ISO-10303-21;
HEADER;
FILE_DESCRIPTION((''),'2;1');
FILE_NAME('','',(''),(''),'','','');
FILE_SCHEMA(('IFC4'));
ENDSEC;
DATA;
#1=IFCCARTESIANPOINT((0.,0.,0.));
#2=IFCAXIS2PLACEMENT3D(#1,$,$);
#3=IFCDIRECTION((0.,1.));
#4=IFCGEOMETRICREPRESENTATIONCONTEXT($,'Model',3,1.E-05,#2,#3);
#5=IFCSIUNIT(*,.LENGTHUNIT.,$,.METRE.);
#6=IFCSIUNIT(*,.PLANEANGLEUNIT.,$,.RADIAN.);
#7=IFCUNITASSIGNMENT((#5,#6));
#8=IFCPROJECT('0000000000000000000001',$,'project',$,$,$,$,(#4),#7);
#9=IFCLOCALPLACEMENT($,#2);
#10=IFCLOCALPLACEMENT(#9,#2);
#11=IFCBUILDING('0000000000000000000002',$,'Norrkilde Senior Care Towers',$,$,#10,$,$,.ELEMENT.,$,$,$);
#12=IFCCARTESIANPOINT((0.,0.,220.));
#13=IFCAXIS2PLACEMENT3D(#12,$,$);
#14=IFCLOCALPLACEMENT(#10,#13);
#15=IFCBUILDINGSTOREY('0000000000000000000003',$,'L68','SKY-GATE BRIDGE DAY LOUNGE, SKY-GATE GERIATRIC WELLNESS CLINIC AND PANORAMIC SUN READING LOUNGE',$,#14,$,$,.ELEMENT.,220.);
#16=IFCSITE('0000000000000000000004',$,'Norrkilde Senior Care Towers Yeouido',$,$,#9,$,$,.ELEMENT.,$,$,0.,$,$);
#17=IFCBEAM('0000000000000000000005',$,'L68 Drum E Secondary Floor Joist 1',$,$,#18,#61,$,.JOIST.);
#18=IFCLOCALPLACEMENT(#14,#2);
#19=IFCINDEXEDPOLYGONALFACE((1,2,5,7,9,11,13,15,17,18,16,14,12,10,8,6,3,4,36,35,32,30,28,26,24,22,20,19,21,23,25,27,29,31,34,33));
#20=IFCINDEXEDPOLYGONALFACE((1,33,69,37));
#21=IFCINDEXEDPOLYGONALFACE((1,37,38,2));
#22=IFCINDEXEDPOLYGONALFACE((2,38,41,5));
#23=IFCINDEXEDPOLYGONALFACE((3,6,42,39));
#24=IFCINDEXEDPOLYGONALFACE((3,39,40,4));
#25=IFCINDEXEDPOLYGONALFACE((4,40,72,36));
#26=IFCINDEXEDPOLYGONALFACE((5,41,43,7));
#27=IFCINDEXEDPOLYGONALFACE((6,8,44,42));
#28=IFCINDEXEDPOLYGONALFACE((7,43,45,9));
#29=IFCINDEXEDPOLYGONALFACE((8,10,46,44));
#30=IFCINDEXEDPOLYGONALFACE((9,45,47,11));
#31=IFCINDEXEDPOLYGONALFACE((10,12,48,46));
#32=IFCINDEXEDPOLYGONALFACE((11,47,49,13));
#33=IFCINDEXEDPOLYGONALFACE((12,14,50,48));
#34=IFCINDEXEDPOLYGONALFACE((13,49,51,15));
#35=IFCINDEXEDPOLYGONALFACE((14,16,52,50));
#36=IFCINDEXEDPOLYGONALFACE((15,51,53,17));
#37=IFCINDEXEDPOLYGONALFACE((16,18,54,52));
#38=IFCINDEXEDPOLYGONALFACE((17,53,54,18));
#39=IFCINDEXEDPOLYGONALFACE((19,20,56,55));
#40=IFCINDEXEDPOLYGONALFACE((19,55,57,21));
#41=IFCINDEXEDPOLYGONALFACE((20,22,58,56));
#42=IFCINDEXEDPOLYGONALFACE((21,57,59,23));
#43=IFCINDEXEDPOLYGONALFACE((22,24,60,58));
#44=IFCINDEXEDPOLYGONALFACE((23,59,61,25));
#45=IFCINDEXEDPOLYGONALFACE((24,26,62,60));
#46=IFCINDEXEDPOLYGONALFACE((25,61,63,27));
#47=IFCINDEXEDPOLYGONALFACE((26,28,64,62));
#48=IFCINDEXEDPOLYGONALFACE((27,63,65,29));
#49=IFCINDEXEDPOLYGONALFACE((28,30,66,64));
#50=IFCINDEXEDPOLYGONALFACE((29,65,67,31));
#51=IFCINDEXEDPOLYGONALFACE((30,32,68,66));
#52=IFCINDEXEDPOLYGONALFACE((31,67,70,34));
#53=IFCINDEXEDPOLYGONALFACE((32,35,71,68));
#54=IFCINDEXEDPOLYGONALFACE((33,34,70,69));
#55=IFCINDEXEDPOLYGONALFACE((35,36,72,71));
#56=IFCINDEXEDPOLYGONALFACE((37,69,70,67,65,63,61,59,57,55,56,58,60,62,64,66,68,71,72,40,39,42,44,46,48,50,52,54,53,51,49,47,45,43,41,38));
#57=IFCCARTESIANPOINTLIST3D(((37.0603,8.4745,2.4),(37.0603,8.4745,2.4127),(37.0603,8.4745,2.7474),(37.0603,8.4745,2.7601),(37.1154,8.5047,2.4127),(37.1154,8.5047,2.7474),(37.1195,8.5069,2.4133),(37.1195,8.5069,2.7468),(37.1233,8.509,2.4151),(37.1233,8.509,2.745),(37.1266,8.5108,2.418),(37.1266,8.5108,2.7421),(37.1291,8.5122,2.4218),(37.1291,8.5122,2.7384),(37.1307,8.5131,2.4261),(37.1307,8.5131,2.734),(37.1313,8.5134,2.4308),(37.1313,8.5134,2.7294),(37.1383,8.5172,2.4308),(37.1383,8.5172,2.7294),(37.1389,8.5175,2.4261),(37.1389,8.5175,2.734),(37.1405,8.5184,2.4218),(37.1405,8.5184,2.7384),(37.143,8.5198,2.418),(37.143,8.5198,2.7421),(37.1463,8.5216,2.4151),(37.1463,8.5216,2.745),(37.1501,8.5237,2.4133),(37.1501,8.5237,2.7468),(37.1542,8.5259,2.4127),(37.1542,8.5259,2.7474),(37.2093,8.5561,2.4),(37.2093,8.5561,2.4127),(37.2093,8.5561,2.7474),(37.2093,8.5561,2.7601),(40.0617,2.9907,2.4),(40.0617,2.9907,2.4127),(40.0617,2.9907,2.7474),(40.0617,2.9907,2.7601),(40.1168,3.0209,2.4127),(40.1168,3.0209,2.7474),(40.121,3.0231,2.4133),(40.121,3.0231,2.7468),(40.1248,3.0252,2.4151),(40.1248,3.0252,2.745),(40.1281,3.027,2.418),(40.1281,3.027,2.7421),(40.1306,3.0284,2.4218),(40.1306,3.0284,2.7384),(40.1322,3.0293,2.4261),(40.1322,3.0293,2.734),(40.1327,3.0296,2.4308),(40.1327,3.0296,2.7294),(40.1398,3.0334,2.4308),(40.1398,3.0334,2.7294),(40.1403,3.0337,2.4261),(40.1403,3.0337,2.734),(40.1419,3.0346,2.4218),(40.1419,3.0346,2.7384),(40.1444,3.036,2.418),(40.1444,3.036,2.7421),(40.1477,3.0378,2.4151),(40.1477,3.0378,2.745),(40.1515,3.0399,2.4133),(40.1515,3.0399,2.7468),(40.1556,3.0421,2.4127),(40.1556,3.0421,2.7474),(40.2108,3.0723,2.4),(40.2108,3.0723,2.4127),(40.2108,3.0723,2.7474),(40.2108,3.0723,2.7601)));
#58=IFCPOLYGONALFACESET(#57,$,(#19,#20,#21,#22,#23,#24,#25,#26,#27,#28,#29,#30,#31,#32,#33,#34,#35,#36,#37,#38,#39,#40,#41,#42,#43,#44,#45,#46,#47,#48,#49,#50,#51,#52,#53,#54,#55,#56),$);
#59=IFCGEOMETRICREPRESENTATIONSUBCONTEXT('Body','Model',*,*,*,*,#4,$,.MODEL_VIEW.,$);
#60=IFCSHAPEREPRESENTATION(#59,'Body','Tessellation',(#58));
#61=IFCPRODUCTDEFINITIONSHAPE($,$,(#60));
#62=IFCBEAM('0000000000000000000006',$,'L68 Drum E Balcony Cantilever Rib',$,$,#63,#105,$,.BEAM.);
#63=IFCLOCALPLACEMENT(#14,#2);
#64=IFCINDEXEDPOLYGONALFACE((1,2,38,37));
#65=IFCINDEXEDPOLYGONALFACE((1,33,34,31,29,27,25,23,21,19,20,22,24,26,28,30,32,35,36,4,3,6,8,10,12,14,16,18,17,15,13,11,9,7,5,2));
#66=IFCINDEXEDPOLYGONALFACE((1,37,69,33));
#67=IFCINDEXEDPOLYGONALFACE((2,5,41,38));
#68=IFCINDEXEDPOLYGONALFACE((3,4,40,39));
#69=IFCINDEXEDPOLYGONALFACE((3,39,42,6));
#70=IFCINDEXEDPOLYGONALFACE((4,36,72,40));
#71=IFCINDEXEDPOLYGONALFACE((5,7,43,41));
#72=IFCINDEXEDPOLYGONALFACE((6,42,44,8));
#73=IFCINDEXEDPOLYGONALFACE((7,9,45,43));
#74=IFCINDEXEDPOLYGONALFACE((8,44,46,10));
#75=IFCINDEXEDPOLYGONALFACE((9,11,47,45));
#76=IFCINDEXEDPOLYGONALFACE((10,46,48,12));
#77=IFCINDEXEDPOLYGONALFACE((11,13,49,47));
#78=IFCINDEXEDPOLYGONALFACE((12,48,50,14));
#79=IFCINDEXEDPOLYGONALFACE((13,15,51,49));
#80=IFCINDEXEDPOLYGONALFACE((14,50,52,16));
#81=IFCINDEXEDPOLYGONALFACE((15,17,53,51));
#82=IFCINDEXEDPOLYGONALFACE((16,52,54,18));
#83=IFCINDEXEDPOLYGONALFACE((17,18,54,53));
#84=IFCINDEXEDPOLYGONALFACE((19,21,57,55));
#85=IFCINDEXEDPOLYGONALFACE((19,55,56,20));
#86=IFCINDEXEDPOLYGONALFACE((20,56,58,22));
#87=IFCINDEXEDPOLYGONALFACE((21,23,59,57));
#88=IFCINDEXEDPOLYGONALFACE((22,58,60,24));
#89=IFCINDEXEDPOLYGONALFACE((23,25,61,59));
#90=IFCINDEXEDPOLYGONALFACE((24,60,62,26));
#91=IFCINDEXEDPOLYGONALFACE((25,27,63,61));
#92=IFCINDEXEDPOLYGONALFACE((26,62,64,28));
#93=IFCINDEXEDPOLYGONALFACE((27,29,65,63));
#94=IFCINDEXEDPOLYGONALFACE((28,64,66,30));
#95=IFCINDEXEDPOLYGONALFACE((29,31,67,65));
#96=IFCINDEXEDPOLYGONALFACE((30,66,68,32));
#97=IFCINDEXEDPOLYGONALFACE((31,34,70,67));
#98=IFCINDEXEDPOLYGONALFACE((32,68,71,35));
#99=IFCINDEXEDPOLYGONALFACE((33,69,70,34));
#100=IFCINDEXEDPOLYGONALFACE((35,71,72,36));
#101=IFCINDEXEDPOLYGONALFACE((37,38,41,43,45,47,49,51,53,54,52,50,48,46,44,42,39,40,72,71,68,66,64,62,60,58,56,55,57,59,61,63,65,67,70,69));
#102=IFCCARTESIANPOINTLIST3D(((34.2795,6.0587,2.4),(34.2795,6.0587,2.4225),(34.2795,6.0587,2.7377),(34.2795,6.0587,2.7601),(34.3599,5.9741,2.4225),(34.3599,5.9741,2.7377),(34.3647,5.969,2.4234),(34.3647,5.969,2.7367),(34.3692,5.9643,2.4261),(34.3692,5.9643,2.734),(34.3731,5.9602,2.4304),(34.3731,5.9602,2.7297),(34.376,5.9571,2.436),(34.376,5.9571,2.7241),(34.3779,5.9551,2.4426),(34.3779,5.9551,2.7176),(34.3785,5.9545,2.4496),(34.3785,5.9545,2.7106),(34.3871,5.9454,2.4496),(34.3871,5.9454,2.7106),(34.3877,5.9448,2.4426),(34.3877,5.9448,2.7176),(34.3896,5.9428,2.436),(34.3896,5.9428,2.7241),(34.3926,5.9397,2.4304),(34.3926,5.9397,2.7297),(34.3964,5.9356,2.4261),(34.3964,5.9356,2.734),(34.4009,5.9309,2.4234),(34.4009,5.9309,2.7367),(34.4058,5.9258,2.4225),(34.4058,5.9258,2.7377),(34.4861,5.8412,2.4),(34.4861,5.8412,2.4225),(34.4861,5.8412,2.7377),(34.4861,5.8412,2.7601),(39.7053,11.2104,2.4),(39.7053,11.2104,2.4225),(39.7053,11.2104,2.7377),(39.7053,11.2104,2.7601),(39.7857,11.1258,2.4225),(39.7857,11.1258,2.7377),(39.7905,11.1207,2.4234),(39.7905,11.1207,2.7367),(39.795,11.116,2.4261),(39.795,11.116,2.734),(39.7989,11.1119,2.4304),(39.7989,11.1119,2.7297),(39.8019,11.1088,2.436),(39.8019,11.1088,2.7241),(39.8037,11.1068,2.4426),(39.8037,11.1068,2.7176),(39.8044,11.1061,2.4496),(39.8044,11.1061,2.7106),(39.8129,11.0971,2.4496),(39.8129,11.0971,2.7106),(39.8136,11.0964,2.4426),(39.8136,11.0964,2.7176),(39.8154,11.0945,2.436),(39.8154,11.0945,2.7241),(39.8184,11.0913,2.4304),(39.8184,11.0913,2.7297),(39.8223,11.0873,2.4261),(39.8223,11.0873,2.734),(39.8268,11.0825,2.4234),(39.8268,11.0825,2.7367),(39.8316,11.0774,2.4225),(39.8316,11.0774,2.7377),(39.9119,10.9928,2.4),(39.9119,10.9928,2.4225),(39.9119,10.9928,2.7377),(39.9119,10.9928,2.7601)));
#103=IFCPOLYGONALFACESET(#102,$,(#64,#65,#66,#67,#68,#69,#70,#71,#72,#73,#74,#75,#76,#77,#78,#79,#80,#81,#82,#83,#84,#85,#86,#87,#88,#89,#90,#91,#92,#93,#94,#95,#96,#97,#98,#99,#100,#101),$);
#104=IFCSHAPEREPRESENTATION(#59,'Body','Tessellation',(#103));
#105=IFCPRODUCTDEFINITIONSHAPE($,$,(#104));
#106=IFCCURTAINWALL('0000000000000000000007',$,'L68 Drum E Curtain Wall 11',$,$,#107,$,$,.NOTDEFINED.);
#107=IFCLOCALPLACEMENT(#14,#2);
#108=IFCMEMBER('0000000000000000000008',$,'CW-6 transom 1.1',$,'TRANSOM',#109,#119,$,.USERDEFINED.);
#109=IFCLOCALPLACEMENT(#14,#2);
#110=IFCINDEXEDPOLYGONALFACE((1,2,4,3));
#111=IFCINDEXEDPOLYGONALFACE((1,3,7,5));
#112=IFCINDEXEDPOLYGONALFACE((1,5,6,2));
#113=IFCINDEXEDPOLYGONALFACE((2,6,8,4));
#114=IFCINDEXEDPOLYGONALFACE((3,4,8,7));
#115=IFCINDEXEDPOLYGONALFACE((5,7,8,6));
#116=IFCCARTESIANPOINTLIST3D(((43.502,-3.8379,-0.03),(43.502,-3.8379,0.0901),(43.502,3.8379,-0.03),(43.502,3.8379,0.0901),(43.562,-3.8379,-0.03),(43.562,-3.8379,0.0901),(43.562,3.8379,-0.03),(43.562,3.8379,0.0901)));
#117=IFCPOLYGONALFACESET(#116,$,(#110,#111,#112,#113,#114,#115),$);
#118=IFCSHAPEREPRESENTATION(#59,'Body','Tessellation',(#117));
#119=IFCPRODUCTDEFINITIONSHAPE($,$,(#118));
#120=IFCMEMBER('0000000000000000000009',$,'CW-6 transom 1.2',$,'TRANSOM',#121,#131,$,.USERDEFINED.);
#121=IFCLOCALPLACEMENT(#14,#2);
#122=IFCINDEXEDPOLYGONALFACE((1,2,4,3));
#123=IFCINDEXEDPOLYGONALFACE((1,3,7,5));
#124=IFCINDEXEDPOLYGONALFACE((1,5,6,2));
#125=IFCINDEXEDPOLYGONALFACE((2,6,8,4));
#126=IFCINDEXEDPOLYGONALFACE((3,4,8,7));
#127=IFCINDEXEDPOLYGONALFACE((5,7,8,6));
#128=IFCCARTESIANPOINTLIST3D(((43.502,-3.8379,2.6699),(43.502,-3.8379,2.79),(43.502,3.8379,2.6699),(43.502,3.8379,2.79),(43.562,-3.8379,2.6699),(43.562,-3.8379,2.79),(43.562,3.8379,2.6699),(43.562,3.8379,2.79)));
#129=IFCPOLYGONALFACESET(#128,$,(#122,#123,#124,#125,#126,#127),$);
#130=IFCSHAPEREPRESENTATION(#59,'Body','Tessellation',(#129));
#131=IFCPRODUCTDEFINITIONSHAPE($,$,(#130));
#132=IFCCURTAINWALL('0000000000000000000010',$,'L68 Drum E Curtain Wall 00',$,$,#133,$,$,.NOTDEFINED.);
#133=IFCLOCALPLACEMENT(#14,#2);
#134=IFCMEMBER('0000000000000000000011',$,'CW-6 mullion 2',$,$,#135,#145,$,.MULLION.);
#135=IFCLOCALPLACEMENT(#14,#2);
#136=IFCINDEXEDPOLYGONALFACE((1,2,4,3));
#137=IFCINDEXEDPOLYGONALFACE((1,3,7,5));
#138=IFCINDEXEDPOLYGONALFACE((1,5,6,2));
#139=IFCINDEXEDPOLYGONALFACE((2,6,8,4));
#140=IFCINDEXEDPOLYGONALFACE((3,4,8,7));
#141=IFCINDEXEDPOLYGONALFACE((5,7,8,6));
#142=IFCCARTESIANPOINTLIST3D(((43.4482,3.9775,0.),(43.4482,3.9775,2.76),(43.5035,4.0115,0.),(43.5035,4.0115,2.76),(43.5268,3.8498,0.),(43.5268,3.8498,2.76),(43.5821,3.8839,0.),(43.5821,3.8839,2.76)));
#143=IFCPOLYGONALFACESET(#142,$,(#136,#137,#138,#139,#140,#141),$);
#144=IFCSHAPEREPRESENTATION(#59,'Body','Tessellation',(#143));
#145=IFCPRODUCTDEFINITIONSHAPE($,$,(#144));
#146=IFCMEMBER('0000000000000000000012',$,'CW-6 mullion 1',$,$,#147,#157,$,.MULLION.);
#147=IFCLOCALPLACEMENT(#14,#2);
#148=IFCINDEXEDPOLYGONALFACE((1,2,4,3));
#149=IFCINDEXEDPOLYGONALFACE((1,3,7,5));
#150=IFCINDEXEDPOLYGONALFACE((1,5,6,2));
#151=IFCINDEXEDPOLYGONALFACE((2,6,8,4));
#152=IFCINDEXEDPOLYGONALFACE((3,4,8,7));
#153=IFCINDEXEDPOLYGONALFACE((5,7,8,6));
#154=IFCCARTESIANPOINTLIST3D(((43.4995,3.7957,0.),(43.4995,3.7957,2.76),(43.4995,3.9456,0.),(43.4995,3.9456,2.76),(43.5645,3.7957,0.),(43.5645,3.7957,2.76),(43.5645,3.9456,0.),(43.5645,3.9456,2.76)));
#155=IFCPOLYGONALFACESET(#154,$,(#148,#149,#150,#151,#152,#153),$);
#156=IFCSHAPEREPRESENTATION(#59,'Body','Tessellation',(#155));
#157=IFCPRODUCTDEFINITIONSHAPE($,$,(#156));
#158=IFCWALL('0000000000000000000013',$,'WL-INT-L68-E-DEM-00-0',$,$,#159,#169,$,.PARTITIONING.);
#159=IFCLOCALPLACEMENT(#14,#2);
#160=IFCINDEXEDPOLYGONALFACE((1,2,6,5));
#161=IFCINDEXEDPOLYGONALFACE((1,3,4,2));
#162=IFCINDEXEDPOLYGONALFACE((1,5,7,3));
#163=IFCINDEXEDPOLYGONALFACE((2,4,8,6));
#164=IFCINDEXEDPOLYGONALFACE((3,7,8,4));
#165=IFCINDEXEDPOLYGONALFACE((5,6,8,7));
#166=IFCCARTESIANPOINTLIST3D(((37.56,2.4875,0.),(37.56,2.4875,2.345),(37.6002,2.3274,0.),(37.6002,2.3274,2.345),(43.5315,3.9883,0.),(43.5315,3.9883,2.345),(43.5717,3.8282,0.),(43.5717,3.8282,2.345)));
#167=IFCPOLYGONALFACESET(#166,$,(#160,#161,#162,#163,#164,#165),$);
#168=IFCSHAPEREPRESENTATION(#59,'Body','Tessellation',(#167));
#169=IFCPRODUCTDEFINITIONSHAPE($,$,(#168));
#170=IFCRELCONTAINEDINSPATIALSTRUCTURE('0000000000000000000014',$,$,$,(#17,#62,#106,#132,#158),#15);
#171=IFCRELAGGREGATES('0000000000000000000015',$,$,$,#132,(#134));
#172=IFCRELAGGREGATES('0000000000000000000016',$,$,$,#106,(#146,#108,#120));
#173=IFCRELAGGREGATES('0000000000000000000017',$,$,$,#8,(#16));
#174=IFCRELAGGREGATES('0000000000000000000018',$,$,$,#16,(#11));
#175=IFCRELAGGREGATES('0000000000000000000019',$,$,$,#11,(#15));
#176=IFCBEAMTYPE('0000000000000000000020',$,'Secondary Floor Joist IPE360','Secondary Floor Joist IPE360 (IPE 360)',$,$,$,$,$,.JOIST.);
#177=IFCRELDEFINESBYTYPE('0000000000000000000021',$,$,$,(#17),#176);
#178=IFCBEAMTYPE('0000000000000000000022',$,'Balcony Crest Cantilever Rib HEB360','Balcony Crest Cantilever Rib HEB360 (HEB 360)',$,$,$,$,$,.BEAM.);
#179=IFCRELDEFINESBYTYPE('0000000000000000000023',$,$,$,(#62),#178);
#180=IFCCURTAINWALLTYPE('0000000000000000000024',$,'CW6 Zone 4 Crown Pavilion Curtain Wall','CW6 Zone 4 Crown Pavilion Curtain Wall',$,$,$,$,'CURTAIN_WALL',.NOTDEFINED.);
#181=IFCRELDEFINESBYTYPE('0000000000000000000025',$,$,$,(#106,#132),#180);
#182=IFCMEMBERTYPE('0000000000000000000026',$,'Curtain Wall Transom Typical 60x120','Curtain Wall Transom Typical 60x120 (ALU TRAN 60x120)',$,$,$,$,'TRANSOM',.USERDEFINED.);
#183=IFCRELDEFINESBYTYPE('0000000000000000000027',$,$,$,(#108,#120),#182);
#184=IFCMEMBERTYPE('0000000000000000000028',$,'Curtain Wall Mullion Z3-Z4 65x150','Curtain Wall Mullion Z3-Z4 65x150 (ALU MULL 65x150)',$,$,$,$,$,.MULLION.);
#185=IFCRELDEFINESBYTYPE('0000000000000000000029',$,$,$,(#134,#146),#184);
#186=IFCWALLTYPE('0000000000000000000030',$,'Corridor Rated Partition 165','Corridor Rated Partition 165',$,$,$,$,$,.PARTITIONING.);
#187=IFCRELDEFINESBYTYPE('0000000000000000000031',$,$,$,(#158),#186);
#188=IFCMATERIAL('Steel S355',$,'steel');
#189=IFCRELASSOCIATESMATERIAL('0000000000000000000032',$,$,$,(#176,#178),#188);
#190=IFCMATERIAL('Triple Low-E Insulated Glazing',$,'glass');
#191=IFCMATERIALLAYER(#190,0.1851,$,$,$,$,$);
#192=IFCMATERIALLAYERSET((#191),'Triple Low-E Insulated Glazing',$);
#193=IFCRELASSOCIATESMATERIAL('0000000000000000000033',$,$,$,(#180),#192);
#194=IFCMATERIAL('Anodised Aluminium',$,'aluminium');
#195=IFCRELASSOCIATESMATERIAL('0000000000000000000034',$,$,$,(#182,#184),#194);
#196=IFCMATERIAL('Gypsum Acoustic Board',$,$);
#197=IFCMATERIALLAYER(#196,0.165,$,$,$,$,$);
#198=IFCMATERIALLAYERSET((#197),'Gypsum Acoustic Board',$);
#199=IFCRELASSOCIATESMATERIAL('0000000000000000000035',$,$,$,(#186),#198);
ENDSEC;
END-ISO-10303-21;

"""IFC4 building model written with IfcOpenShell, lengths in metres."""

from ifc_helpers import new_model, si_unit, direction, frame, frame_2d, origin, origin_2d, place, context, subcontext, project, spatial, rectangle, i_section, extrude, source, transform, mapped, material, layer, layer_set, material_profile, profile_set, type_object, type_shapes, element, aggregate, save


model = new_model("IFC4")

# Units and contexts
model_context = context("Model", 3, precision=1e-05, world=origin(), true_north=direction((0.0, 1.0)))
body_context = subcontext(model_context, "Body", "Model", "MODEL_VIEW")
ifc_project = project(units=[si_unit("LENGTHUNIT", "METRE"), si_unit("PLANEANGLEUNIT", "RADIAN")], contexts=[model_context])

# Site, building, storey
site_placement = place(None, origin())
site = spatial("IfcSite", under=ifc_project, at=site_placement, Name="Norrkilde Senior Care Towers Yeouido", CompositionType="ELEMENT", RefElevation=0.0)
building_placement = place(site_placement, origin())
building = spatial("IfcBuilding", under=site, at=building_placement, Name="Norrkilde Senior Care Towers", CompositionType="ELEMENT")
storey_placement = place(building_placement, frame((0.0, 0.0, 220.0)))
storey = spatial("IfcBuildingStorey", under=building, at=storey_placement, Name="L68", Description="SKY-GATE BRIDGE DAY LOUNGE, SKY-GATE GERIATRIC WELLNESS CLINIC AND PANORAMIC SUN READING LOUNGE", CompositionType="ELEMENT", Elevation=220.0)

# Beams
ifc_material_1 = material(Name="Steel S355", Category="steel")
ifc_material_profile_1 = material_profile(ifc_material_1, i_section(OverallWidth=0.1699, OverallDepth=0.3601, WebThickness=0.0081, FlangeThickness=0.0127, FilletRadius=0.0181, at=origin_2d()), Name="IPE 360")
ifc_profile_set_1 = profile_set([ifc_material_profile_1], Name="Steel S355")
beam_type_1 = type_object("IfcBeamType", Name="Secondary Floor Joist IPE360", Description="Secondary Floor Joist IPE360 (IPE 360)", PredefinedType="JOIST", material=ifc_profile_set_1)
shared_shape_1 = source(origin(), body_context, "Body", "SweptSolid", [
    extrude(i_section(OverallWidth=0.1699, OverallDepth=0.3601, WebThickness=0.0081, FlangeThickness=0.0127, FilletRadius=0.0181, at=origin_2d()), origin(), (0.0, 0.0, 1.0), 6.2515),
])
type_shapes(beam_type_1, [shared_shape_1])
beam_1_placement = place(storey_placement, frame((40.1362, 3.0315, 2.5801), z_axis=(-0.480116, 0.877205, 0.0), x_axis=(-0.877205, -0.480116, 0.0)))
element("IfcBeam", 1, at=beam_1_placement, inside=storey, type_object=beam_type_1, Name="L68 Drum E Secondary Floor Joist 1", PredefinedType="JOIST", context=body_context, shape_type="MappedRepresentation", body=[
    mapped(shared_shape_1, transform((0.0, 0.0, 0.0), x_axis=(1.0, 0.0, 0.0), y_axis=(0.0, 1.0, 0.0), z_axis=(0.0, 0.0, 1.0), scale=1.0)),
])
ifc_material_profile_2 = material_profile(ifc_material_1, i_section(OverallWidth=0.3, OverallDepth=0.3601, WebThickness=0.0125, FlangeThickness=0.0225, FilletRadius=0.0271, at=origin_2d()), Name="HEB 360")
ifc_profile_set_2 = profile_set([ifc_material_profile_2], Name="Steel S355")
beam_type_2 = type_object("IfcBeamType", Name="Balcony Crest Cantilever Rib HEB360", Description="Balcony Crest Cantilever Rib HEB360 (HEB 360)", PredefinedType="BEAM", material=ifc_profile_set_2)
shared_shape_2 = source(origin(), body_context, "Body", "SweptSolid", [
    extrude(i_section(OverallWidth=0.3, OverallDepth=0.3601, WebThickness=0.0125, FlangeThickness=0.0225, FilletRadius=0.0271, at=origin_2d()), origin(), (0.0, 0.0, 1.0), 7.4819),
])
type_shapes(beam_type_2, [shared_shape_2])
beam_2_placement = place(storey_placement, frame((34.3828, 5.95, 2.5801), z_axis=(0.725192, 0.688547, 0.0), x_axis=(-0.688547, 0.725192, 0.0)))
element("IfcBeam", 2, at=beam_2_placement, inside=storey, type_object=beam_type_2, Name="L68 Drum E Balcony Cantilever Rib", PredefinedType="BEAM", context=body_context, shape_type="MappedRepresentation", body=[
    mapped(shared_shape_2, transform((0.0, 0.0, 0.0), x_axis=(1.0, 0.0, 0.0), y_axis=(0.0, 1.0, 0.0), z_axis=(0.0, 0.0, 1.0), scale=1.0)),
])

# Curtain wall, members
ifc_material_2 = material(Name="Triple Low-E Insulated Glazing", Category="glass")
ifc_layer_1 = layer(ifc_material_2, 0.1851)
ifc_layer_set_1 = layer_set([ifc_layer_1], Name="Triple Low-E Insulated Glazing")
curtain_wall_type = type_object("IfcCurtainWallType", Name="CW6 Zone 4 Crown Pavilion Curtain Wall", Description="CW6 Zone 4 Crown Pavilion Curtain Wall", ElementType="CURTAIN_WALL", PredefinedType="NOTDEFINED", material=ifc_layer_set_1)
curtain_wall_1_placement = place(storey_placement, origin())
curtain_wall_1 = element("IfcCurtainWall", 3, at=curtain_wall_1_placement, inside=storey, type_object=curtain_wall_type, Name="L68 Drum E Curtain Wall 11", PredefinedType="NOTDEFINED")
ifc_material_3 = material(Name="Anodised Aluminium", Category="aluminium")
ifc_material_profile_3 = material_profile(ifc_material_3, rectangle(XDim=0.0601, YDim=0.1201, at=origin_2d()), Name="ALU TRAN 60x120")
ifc_profile_set_3 = profile_set([ifc_material_profile_3], Name="Anodised Aluminium")
member_type_1 = type_object("IfcMemberType", Name="Curtain Wall Transom Typical 60x120", Description="Curtain Wall Transom Typical 60x120 (ALU TRAN 60x120)", ElementType="TRANSOM", PredefinedType="USERDEFINED", material=ifc_profile_set_3)
shared_shape_3 = source(origin(), body_context, "Body", "SweptSolid", [
    extrude(rectangle(XDim=0.0601, YDim=0.1201, at=origin_2d()), origin(), (0.0, 0.0, 1.0), 7.6758),
])
type_shapes(member_type_1, [shared_shape_3])
member_1_placement = place(storey_placement, frame((43.532, 3.8379, 0.03), z_axis=(0.0, -1.0, 0.0), x_axis=(1.0, 0.0, 0.0)))
member_1 = element("IfcMember", 4, at=member_1_placement, type_object=member_type_1, Name="CW-6 transom 1.1", ObjectType="TRANSOM", PredefinedType="USERDEFINED", context=body_context, shape_type="MappedRepresentation", body=[
    mapped(shared_shape_3, transform((0.0, 0.0, 0.0), x_axis=(1.0, 0.0, 0.0), y_axis=(0.0, 1.0, 0.0), z_axis=(0.0, 0.0, 1.0), scale=1.0)),
])
member_2_placement = place(storey_placement, frame((43.532, 3.8379, 2.73), z_axis=(0.0, -1.0, 0.0), x_axis=(1.0, 0.0, 0.0)))
member_2 = element("IfcMember", 5, at=member_2_placement, type_object=member_type_1, Name="CW-6 transom 1.2", ObjectType="TRANSOM", PredefinedType="USERDEFINED", context=body_context, shape_type="MappedRepresentation", body=[
    mapped(shared_shape_3, transform((0.0, 0.0, 0.0), x_axis=(1.0, 0.0, 0.0), y_axis=(0.0, 1.0, 0.0), z_axis=(0.0, 0.0, 1.0), scale=1.0)),
])

# Curtain wall, member
curtain_wall_2_placement = place(storey_placement, origin())
curtain_wall_2 = element("IfcCurtainWall", 6, at=curtain_wall_2_placement, inside=storey, type_object=curtain_wall_type, Name="L68 Drum E Curtain Wall 00", PredefinedType="NOTDEFINED")
ifc_material_profile_4 = material_profile(ifc_material_3, rectangle(XDim=0.0649, YDim=0.1499, at=origin_2d()), Name="ALU MULL 65x150")
ifc_profile_set_4 = profile_set([ifc_material_profile_4], Name="Anodised Aluminium")
member_type_2 = type_object("IfcMemberType", Name="Curtain Wall Mullion Z3-Z4 65x150", Description="Curtain Wall Mullion Z3-Z4 65x150 (ALU MULL 65x150)", PredefinedType="MULLION", material=ifc_profile_set_4)
shared_shape_4 = source(origin(), body_context, "Body", "SweptSolid", [
    extrude(rectangle(XDim=0.0649, YDim=0.1499, at=origin_2d()), origin(), (0.0, 0.0, 1.0), 2.76),
])
type_shapes(member_type_2, [shared_shape_4])
member_3_placement = place(storey_placement, frame((43.5151, 3.9307, 0.0), z_axis=(0.0, 0.0, 1.0), x_axis=(0.851563, 0.524253, 0.0)))
member_3 = element("IfcMember", 7, at=member_3_placement, type_object=member_type_2, Name="CW-6 mullion 2", PredefinedType="MULLION", context=body_context, shape_type="MappedRepresentation", body=[
    mapped(shared_shape_4, transform((0.0, 0.0, 0.0), x_axis=(1.0, 0.0, 0.0), y_axis=(0.0, 1.0, 0.0), z_axis=(0.0, 0.0, 1.0), scale=1.0)),
])
aggregate(curtain_wall_2, [member_3])

# Member
member_4_placement = place(storey_placement, frame((43.532, 3.8706, 0.0), z_axis=(0.0, 0.0, 1.0), x_axis=(1.0, 0.0, 0.0)))
member_4 = element("IfcMember", 8, at=member_4_placement, type_object=member_type_2, Name="CW-6 mullion 1", PredefinedType="MULLION", context=body_context, shape_type="MappedRepresentation", body=[
    mapped(shared_shape_4, transform((0.0, 0.0, 0.0), x_axis=(1.0, 0.0, 0.0), y_axis=(0.0, 1.0, 0.0), z_axis=(0.0, 0.0, 1.0), scale=1.0)),
])
aggregate(curtain_wall_1, [member_4, member_1, member_2])

# Wall
ifc_material_4 = material(Name="Gypsum Acoustic Board")
ifc_layer_2 = layer(ifc_material_4, 0.165)
ifc_layer_set_2 = layer_set([ifc_layer_2], Name="Gypsum Acoustic Board")
wall_type_1 = type_object("IfcWallType", Name="Corridor Rated Partition 165", Description="Corridor Rated Partition 165", PredefinedType="PARTITIONING", material=ifc_layer_set_2)
shared_shape_5 = source(origin(), body_context, "Body", "SweptSolid", [
    extrude(rectangle(XDim=6.1572, YDim=0.165, at=frame_2d((3.0786, 0.0))), origin(), (0.0, 0.0, 1.0), 2.345),
])
wall_1_placement = place(storey_placement, frame((37.5801, 2.4075, 0.0), z_axis=(0.0, 0.0, 1.0), x_axis=(0.969841, 0.243739, 0.0)))
element("IfcWall", 9, at=wall_1_placement, inside=storey, type_object=wall_type_1, Name="WL-INT-L68-E-DEM-00-0", PredefinedType="PARTITIONING", context=body_context, shape_type="MappedRepresentation", body=[
    mapped(shared_shape_5, transform((0.0, 0.0, 0.0), x_axis=(1.0, 0.0, 0.0), y_axis=(0.0, 1.0, 0.0), z_axis=(0.0, 0.0, 1.0), scale=1.0)),
])

save(model, "model.ifc")
